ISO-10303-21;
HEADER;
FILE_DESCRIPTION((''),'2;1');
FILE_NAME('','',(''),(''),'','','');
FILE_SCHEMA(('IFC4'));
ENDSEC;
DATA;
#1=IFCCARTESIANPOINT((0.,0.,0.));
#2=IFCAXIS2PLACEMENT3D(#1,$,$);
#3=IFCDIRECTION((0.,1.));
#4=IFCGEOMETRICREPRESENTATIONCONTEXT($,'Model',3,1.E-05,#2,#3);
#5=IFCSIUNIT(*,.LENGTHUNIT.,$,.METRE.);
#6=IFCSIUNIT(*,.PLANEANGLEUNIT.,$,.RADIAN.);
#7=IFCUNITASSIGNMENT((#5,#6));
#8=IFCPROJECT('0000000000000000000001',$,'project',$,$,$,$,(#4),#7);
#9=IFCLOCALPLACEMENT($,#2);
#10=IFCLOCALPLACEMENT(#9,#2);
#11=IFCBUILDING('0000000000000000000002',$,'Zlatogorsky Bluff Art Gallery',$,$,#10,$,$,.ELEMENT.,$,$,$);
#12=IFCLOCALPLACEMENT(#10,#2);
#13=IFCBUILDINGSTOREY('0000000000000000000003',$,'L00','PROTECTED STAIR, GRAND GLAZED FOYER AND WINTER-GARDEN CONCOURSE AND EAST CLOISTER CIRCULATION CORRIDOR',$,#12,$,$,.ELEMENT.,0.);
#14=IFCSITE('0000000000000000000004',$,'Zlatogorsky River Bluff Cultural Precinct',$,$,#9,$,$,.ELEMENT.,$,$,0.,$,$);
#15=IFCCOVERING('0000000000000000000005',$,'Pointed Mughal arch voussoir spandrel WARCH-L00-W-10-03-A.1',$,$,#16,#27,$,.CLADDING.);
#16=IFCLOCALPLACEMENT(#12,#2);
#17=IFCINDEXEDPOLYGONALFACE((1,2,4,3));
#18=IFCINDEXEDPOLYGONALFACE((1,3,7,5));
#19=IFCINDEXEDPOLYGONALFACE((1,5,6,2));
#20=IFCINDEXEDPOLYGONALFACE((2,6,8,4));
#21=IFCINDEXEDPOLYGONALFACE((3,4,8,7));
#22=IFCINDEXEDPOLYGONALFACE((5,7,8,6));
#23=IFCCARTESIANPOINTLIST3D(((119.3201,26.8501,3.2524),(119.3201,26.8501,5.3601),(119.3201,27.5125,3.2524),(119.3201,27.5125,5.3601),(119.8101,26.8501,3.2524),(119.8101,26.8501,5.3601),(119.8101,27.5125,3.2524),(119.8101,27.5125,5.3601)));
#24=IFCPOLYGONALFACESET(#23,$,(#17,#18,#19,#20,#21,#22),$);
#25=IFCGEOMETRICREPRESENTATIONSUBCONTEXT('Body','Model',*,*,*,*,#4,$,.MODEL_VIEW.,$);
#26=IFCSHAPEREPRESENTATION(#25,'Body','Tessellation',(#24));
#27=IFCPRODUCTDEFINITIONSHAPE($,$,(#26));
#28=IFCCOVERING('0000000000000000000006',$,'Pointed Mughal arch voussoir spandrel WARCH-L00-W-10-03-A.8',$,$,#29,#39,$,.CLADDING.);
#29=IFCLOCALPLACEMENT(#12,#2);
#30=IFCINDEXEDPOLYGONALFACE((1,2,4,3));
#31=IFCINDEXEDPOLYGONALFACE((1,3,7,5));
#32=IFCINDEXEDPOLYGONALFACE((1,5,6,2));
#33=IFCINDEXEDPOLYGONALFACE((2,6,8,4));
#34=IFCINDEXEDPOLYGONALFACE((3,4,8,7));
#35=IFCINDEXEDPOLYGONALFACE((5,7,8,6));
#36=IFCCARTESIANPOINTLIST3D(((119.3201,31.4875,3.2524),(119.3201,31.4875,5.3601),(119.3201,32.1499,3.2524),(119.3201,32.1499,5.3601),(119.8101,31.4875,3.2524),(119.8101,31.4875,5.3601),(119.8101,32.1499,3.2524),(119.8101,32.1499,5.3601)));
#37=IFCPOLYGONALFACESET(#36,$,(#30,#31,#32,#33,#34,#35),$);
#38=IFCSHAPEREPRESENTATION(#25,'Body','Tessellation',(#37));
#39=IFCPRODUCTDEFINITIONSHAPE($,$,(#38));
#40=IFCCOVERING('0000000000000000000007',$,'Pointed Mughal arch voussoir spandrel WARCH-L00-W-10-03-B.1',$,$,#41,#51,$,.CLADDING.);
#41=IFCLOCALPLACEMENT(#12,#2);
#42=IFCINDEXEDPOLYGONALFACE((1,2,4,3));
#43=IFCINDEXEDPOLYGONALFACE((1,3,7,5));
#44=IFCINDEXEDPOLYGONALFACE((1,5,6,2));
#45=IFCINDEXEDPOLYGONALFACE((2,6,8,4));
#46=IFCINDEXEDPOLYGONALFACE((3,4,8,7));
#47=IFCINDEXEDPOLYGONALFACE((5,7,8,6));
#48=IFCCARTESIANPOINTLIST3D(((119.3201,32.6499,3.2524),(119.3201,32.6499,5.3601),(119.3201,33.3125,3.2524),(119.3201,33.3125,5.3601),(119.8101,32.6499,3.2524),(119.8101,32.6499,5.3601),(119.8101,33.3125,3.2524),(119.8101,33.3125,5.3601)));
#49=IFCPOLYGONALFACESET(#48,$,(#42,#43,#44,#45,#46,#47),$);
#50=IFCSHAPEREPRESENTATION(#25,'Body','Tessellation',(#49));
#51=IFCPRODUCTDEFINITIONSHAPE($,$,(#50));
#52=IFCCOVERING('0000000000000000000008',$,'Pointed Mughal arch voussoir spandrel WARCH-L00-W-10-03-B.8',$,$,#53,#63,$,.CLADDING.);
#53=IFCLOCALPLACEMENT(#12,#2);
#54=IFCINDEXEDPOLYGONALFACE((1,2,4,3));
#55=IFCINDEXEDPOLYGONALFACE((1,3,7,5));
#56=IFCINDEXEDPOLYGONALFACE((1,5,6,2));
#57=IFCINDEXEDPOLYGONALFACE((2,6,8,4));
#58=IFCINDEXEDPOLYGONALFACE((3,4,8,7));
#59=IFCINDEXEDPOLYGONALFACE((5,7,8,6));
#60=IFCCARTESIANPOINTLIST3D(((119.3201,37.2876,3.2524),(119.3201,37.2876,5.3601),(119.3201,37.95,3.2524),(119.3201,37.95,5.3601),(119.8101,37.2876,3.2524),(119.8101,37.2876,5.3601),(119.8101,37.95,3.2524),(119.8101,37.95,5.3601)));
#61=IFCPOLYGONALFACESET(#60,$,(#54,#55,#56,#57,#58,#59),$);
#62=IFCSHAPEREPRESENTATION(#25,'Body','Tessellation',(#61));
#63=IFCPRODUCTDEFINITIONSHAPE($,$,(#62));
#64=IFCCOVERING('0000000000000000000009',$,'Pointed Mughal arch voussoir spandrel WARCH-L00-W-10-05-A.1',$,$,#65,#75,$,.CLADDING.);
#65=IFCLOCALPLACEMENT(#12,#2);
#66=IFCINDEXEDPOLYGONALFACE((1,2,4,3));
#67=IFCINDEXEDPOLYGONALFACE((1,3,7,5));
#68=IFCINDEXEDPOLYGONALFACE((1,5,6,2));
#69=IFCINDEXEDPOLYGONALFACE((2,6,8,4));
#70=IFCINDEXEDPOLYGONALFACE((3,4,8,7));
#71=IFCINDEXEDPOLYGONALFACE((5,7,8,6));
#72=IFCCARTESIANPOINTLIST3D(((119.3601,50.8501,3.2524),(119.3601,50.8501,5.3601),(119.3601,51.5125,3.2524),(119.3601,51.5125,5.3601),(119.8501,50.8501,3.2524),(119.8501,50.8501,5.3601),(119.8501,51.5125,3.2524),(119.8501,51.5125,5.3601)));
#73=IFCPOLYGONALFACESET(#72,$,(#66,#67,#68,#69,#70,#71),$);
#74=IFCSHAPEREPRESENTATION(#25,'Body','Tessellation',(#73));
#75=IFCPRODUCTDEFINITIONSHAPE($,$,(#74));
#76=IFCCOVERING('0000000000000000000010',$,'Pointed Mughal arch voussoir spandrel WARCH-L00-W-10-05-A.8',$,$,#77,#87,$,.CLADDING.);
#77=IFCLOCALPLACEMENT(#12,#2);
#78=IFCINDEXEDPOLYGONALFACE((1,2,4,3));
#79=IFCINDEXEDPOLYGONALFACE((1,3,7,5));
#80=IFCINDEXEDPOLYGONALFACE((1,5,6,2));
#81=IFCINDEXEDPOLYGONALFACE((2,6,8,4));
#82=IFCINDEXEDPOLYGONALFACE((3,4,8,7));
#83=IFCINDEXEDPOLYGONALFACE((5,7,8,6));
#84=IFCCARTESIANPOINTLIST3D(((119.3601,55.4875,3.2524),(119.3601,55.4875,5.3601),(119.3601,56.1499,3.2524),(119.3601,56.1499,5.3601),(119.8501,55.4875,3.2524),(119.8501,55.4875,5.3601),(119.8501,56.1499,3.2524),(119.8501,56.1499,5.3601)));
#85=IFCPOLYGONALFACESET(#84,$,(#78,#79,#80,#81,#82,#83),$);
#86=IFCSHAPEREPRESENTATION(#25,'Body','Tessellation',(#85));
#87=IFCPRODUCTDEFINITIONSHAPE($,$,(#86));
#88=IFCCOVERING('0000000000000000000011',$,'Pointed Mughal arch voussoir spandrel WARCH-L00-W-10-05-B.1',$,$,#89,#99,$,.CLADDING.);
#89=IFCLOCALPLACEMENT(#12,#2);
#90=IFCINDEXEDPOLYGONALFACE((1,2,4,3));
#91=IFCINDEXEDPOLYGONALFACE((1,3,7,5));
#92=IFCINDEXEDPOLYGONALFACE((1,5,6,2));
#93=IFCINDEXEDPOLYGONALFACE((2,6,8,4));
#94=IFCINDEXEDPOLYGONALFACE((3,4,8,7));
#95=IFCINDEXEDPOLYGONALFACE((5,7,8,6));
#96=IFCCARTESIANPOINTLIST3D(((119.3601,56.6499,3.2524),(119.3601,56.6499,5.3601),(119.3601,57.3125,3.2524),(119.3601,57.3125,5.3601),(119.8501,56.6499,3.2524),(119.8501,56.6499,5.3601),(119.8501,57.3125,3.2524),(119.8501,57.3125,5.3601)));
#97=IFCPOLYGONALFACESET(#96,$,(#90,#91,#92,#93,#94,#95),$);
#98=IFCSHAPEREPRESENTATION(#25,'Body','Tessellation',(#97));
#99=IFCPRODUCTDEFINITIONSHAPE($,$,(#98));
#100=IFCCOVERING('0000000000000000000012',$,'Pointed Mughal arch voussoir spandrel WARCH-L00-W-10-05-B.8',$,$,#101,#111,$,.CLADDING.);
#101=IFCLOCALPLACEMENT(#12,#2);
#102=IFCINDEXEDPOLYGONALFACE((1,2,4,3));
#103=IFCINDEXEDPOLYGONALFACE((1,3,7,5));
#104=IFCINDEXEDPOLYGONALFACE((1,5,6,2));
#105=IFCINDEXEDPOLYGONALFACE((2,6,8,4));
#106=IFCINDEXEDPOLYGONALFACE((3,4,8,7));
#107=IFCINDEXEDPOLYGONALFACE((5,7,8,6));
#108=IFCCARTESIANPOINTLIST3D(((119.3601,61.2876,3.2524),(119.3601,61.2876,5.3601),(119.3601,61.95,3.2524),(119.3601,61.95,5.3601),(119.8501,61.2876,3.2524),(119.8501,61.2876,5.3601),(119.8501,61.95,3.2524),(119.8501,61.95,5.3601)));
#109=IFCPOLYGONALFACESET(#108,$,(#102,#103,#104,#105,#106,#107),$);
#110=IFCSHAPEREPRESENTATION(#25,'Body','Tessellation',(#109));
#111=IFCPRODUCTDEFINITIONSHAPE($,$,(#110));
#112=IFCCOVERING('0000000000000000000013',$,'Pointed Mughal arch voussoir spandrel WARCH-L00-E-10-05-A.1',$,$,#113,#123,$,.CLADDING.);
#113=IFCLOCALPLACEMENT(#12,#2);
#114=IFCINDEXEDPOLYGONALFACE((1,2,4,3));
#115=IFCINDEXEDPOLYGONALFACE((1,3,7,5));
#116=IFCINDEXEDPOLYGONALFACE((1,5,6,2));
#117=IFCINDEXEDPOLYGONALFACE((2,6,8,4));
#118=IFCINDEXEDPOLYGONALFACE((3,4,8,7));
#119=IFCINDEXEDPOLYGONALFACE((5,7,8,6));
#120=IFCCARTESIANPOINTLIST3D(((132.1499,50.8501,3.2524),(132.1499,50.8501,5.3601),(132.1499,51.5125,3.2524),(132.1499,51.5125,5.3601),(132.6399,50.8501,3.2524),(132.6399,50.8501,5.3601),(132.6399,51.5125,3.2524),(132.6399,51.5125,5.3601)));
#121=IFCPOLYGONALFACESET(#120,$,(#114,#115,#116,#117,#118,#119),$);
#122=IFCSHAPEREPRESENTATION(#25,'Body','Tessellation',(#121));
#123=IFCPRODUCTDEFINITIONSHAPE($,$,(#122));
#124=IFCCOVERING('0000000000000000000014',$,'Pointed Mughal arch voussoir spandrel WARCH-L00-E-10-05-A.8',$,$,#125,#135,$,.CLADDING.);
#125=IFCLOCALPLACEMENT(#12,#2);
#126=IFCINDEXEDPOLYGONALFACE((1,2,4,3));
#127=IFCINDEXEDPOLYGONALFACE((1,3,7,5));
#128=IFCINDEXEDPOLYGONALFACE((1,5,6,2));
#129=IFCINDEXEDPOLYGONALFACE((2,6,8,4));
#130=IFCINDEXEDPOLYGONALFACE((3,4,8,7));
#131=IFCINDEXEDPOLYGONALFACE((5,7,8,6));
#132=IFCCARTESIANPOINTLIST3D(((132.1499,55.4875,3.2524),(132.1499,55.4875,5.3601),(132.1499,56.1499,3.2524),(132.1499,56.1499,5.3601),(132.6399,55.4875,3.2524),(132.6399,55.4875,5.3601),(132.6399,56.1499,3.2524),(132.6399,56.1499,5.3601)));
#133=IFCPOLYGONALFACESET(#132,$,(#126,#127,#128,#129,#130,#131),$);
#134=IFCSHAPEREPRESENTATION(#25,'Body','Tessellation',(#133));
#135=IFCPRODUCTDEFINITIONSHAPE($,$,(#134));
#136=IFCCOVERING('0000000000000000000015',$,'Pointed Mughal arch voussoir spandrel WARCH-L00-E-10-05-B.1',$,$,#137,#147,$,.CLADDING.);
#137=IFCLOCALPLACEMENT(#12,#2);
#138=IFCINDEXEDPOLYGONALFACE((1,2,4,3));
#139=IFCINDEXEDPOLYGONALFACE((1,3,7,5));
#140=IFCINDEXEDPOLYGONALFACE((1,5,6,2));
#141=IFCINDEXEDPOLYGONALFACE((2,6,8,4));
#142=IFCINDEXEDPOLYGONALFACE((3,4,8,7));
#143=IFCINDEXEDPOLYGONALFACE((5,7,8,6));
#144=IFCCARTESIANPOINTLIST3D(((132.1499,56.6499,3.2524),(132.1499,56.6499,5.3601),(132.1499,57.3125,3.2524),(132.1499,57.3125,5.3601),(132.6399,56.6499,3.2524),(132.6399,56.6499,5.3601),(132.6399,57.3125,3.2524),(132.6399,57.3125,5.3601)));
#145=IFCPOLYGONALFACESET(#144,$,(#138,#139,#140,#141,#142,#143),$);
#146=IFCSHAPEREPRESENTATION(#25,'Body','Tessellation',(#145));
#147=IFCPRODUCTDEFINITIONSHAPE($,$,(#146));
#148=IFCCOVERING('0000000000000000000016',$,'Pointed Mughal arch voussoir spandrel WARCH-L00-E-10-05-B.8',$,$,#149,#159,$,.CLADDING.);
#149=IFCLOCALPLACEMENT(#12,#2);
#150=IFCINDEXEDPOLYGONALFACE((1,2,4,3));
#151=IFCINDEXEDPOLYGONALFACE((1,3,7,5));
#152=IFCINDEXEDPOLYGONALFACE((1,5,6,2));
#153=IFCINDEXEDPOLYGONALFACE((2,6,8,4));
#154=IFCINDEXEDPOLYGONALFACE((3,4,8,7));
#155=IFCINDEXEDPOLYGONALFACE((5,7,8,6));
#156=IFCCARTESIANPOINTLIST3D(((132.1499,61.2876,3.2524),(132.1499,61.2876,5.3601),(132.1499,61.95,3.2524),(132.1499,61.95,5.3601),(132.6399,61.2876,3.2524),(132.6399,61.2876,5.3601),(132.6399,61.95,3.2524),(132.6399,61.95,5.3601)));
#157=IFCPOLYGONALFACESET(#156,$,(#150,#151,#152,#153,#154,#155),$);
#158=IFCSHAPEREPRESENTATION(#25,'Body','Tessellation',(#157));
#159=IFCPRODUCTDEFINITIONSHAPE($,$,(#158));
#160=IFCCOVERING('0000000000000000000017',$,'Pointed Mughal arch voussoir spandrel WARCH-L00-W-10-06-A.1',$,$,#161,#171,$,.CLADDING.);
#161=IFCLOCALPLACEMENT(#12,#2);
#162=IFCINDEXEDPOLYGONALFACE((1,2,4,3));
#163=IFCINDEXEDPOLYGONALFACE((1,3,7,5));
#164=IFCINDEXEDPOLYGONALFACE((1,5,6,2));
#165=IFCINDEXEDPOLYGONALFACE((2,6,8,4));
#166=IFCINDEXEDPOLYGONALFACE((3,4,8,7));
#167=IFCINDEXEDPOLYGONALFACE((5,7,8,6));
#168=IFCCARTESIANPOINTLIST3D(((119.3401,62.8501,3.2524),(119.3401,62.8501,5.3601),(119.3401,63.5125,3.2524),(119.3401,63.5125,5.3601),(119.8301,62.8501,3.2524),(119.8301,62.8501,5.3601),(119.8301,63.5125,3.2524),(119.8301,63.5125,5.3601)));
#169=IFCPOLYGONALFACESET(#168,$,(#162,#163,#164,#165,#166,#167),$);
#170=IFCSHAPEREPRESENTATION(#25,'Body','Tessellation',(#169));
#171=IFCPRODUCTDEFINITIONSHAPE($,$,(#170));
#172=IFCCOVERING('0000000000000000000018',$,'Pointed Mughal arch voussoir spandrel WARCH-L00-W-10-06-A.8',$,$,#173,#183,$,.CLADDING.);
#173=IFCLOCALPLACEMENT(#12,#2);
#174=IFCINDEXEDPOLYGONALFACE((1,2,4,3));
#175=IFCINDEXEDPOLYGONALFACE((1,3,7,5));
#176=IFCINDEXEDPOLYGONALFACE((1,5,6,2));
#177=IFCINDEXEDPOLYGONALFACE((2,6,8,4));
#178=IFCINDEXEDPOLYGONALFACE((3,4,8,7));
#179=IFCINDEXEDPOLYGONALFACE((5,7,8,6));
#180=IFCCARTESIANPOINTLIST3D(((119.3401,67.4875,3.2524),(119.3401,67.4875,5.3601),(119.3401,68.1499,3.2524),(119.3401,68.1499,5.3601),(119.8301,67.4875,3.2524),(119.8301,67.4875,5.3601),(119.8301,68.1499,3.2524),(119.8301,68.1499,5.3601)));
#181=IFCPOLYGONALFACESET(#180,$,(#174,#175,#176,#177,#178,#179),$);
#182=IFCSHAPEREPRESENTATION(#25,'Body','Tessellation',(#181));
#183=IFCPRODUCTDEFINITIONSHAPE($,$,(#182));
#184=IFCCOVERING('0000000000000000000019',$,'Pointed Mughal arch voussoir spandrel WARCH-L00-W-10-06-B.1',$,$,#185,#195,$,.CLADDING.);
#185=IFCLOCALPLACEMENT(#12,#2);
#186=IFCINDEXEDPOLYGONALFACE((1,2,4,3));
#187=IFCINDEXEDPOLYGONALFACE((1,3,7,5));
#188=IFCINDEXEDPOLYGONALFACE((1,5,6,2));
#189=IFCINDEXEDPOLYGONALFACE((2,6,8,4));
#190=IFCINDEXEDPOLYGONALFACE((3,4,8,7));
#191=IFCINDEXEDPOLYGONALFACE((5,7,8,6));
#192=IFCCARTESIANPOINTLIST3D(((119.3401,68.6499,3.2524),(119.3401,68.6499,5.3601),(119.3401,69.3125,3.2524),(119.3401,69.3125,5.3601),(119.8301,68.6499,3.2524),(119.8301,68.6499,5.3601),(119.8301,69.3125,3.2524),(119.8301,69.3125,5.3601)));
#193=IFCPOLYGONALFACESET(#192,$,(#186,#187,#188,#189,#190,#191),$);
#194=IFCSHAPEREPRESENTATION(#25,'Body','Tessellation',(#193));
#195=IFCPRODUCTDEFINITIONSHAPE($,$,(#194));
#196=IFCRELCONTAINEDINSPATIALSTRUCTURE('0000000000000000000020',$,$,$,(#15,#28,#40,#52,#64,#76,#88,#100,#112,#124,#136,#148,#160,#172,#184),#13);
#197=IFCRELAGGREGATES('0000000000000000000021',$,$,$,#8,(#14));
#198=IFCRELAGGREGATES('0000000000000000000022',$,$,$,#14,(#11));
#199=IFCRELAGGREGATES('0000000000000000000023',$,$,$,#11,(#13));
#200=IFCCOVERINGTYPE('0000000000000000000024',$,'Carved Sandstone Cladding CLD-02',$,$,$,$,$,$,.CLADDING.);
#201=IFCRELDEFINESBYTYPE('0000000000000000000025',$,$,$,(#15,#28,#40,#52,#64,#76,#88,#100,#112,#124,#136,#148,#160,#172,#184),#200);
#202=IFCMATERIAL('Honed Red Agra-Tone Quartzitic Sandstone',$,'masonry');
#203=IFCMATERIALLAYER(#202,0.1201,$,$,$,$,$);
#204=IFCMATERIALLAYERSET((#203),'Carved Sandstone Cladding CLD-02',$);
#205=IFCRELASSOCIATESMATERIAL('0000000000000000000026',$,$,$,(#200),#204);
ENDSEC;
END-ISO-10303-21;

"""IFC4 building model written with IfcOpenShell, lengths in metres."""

from ifc_helpers import new_model, si_unit, direction, frame, origin, place, context, subcontext, project, spatial, polyline, outline, extrude, material, layer, layer_set, type_object, element, save


model = new_model("IFC4")

# Units and contexts
model_context = context("Model", 3, precision=1e-05, world=origin(), true_north=direction((0.0, 1.0)))
body_context = subcontext(model_context, "Body", "Model", "MODEL_VIEW")
ifc_project = project(units=[si_unit("LENGTHUNIT", "METRE"), si_unit("PLANEANGLEUNIT", "RADIAN")], contexts=[model_context])

# Site, building, storey
site_placement = place(None, origin())
site = spatial("IfcSite", under=ifc_project, at=site_placement, Name="Zlatogorsky River Bluff Cultural Precinct", CompositionType="ELEMENT", RefElevation=0.0)
building_placement = place(site_placement, origin())
building = spatial("IfcBuilding", under=site, at=building_placement, Name="Zlatogorsky Bluff Art Gallery", CompositionType="ELEMENT")
storey_placement = place(building_placement, origin())
storey = spatial("IfcBuildingStorey", under=building, at=storey_placement, Name="L00", Description="PROTECTED STAIR, GRAND GLAZED FOYER AND WINTER-GARDEN CONCOURSE AND EAST CLOISTER CIRCULATION CORRIDOR", CompositionType="ELEMENT", Elevation=0.0)

# Coverings
ifc_material = material(Name="Honed Red Agra-Tone Quartzitic Sandstone", Category="masonry")
ifc_layer = layer(ifc_material, 0.1201)
ifc_layer_set = layer_set([ifc_layer], Name="Carved Sandstone Cladding CLD-02")
covering_type = type_object("IfcCoveringType", Name="Carved Sandstone Cladding CLD-02", PredefinedType="CLADDING", material=ifc_layer_set)
covering_1_placement = place(storey_placement, frame((0.0, 0.0, 3.2524)))
element("IfcCovering", 1, at=covering_1_placement, inside=storey, type_object=covering_type, Name="Pointed Mughal arch voussoir spandrel WARCH-L00-W-10-03-A.1", PredefinedType="CLADDING", context=body_context, shape_type="SweptSolid", body=[
    extrude(outline(polyline([(119.3201, 26.8501), (119.3201, 27.5125), (119.8101, 27.5125), (119.8101, 26.8501), (119.3201, 26.8501)])), origin(), (0.0, 0.0, 1.0), 2.1077),
])
covering_2_placement = place(storey_placement, frame((0.0, 0.0, 3.2524)))
element("IfcCovering", 2, at=covering_2_placement, inside=storey, type_object=covering_type, Name="Pointed Mughal arch voussoir spandrel WARCH-L00-W-10-03-A.8", PredefinedType="CLADDING", context=body_context, shape_type="SweptSolid", body=[
    extrude(outline(polyline([(119.3201, 31.4875), (119.3201, 32.1499), (119.8101, 32.1499), (119.8101, 31.4875), (119.3201, 31.4875)])), origin(), (0.0, 0.0, 1.0), 2.1077),
])
covering_3_placement = place(storey_placement, frame((0.0, 0.0, 3.2524)))
element("IfcCovering", 3, at=covering_3_placement, inside=storey, type_object=covering_type, Name="Pointed Mughal arch voussoir spandrel WARCH-L00-W-10-03-B.1", PredefinedType="CLADDING", context=body_context, shape_type="SweptSolid", body=[
    extrude(outline(polyline([(119.3201, 32.6499), (119.3201, 33.3125), (119.8101, 33.3125), (119.8101, 32.6499), (119.3201, 32.6499)])), origin(), (0.0, 0.0, 1.0), 2.1077),
])
covering_4_placement = place(storey_placement, frame((0.0, 0.0, 3.2524)))
element("IfcCovering", 4, at=covering_4_placement, inside=storey, type_object=covering_type, Name="Pointed Mughal arch voussoir spandrel WARCH-L00-W-10-03-B.8", PredefinedType="CLADDING", context=body_context, shape_type="SweptSolid", body=[
    extrude(outline(polyline([(119.3201, 37.2876), (119.3201, 37.95), (119.8101, 37.95), (119.8101, 37.2876), (119.3201, 37.2876)])), origin(), (0.0, 0.0, 1.0), 2.1077),
])
covering_5_placement = place(storey_placement, frame((0.0, 0.0, 3.2524)))
element("IfcCovering", 5, at=covering_5_placement, inside=storey, type_object=covering_type, Name="Pointed Mughal arch voussoir spandrel WARCH-L00-W-10-05-A.1", PredefinedType="CLADDING", context=body_context, shape_type="SweptSolid", body=[
    extrude(outline(polyline([(119.3601, 50.8501), (119.3601, 51.5125), (119.8501, 51.5125), (119.8501, 50.8501), (119.3601, 50.8501)])), origin(), (0.0, 0.0, 1.0), 2.1077),
])
covering_6_placement = place(storey_placement, frame((0.0, 0.0, 3.2524)))
element("IfcCovering", 6, at=covering_6_placement, inside=storey, type_object=covering_type, Name="Pointed Mughal arch voussoir spandrel WARCH-L00-W-10-05-A.8", PredefinedType="CLADDING", context=body_context, shape_type="SweptSolid", body=[
    extrude(outline(polyline([(119.3601, 55.4875), (119.3601, 56.1499), (119.8501, 56.1499), (119.8501, 55.4875), (119.3601, 55.4875)])), origin(), (0.0, 0.0, 1.0), 2.1077),
])
covering_7_placement = place(storey_placement, frame((0.0, 0.0, 3.2524)))
element("IfcCovering", 7, at=covering_7_placement, inside=storey, type_object=covering_type, Name="Pointed Mughal arch voussoir spandrel WARCH-L00-W-10-05-B.1", PredefinedType="CLADDING", context=body_context, shape_type="SweptSolid", body=[
    extrude(outline(polyline([(119.3601, 56.6499), (119.3601, 57.3125), (119.8501, 57.3125), (119.8501, 56.6499), (119.3601, 56.6499)])), origin(), (0.0, 0.0, 1.0), 2.1077),
])
covering_8_placement = place(storey_placement, frame((0.0, 0.0, 3.2524)))
element("IfcCovering", 8, at=covering_8_placement, inside=storey, type_object=covering_type, Name="Pointed Mughal arch voussoir spandrel WARCH-L00-W-10-05-B.8", PredefinedType="CLADDING", context=body_context, shape_type="SweptSolid", body=[
    extrude(outline(polyline([(119.3601, 61.2876), (119.3601, 61.95), (119.8501, 61.95), (119.8501, 61.2876), (119.3601, 61.2876)])), origin(), (0.0, 0.0, 1.0), 2.1077),
])
covering_9_placement = place(storey_placement, frame((0.0, 0.0, 3.2524)))
element("IfcCovering", 9, at=covering_9_placement, inside=storey, type_object=covering_type, Name="Pointed Mughal arch voussoir spandrel WARCH-L00-E-10-05-A.1", PredefinedType="CLADDING", context=body_context, shape_type="SweptSolid", body=[
    extrude(outline(polyline([(132.1499, 50.8501), (132.1499, 51.5125), (132.6399, 51.5125), (132.6399, 50.8501), (132.1499, 50.8501)])), origin(), (0.0, 0.0, 1.0), 2.1077),
])
covering_10_placement = place(storey_placement, frame((0.0, 0.0, 3.2524)))
element("IfcCovering", 10, at=covering_10_placement, inside=storey, type_object=covering_type, Name="Pointed Mughal arch voussoir spandrel WARCH-L00-E-10-05-A.8", PredefinedType="CLADDING", context=body_context, shape_type="SweptSolid", body=[
    extrude(outline(polyline([(132.1499, 55.4875), (132.1499, 56.1499), (132.6399, 56.1499), (132.6399, 55.4875), (132.1499, 55.4875)])), origin(), (0.0, 0.0, 1.0), 2.1077),
])
covering_11_placement = place(storey_placement, frame((0.0, 0.0, 3.2524)))
element("IfcCovering", 11, at=covering_11_placement, inside=storey, type_object=covering_type, Name="Pointed Mughal arch voussoir spandrel WARCH-L00-E-10-05-B.1", PredefinedType="CLADDING", context=body_context, shape_type="SweptSolid", body=[
    extrude(outline(polyline([(132.1499, 56.6499), (132.1499, 57.3125), (132.6399, 57.3125), (132.6399, 56.6499), (132.1499, 56.6499)])), origin(), (0.0, 0.0, 1.0), 2.1077),
])
covering_12_placement = place(storey_placement, frame((0.0, 0.0, 3.2524)))
element("IfcCovering", 12, at=covering_12_placement, inside=storey, type_object=covering_type, Name="Pointed Mughal arch voussoir spandrel WARCH-L00-E-10-05-B.8", PredefinedType="CLADDING", context=body_context, shape_type="SweptSolid", body=[
    extrude(outline(polyline([(132.1499, 61.2876), (132.1499, 61.95), (132.6399, 61.95), (132.6399, 61.2876), (132.1499, 61.2876)])), origin(), (0.0, 0.0, 1.0), 2.1077),
])
covering_13_placement = place(storey_placement, frame((0.0, 0.0, 3.2524)))
element("IfcCovering", 13, at=covering_13_placement, inside=storey, type_object=covering_type, Name="Pointed Mughal arch voussoir spandrel WARCH-L00-W-10-06-A.1", PredefinedType="CLADDING", context=body_context, shape_type="SweptSolid", body=[
    extrude(outline(polyline([(119.3401, 62.8501), (119.3401, 63.5125), (119.8301, 63.5125), (119.8301, 62.8501), (119.3401, 62.8501)])), origin(), (0.0, 0.0, 1.0), 2.1077),
])
covering_14_placement = place(storey_placement, frame((0.0, 0.0, 3.2524)))
element("IfcCovering", 14, at=covering_14_placement, inside=storey, type_object=covering_type, Name="Pointed Mughal arch voussoir spandrel WARCH-L00-W-10-06-A.8", PredefinedType="CLADDING", context=body_context, shape_type="SweptSolid", body=[
    extrude(outline(polyline([(119.3401, 67.4875), (119.3401, 68.1499), (119.8301, 68.1499), (119.8301, 67.4875), (119.3401, 67.4875)])), origin(), (0.0, 0.0, 1.0), 2.1077),
])
covering_15_placement = place(storey_placement, frame((0.0, 0.0, 3.2524)))
element("IfcCovering", 15, at=covering_15_placement, inside=storey, type_object=covering_type, Name="Pointed Mughal arch voussoir spandrel WARCH-L00-W-10-06-B.1", PredefinedType="CLADDING", context=body_context, shape_type="SweptSolid", body=[
    extrude(outline(polyline([(119.3401, 68.6499), (119.3401, 69.3125), (119.8301, 69.3125), (119.8301, 68.6499), (119.3401, 68.6499)])), origin(), (0.0, 0.0, 1.0), 2.1077),
])

save(model, "model.ifc")
